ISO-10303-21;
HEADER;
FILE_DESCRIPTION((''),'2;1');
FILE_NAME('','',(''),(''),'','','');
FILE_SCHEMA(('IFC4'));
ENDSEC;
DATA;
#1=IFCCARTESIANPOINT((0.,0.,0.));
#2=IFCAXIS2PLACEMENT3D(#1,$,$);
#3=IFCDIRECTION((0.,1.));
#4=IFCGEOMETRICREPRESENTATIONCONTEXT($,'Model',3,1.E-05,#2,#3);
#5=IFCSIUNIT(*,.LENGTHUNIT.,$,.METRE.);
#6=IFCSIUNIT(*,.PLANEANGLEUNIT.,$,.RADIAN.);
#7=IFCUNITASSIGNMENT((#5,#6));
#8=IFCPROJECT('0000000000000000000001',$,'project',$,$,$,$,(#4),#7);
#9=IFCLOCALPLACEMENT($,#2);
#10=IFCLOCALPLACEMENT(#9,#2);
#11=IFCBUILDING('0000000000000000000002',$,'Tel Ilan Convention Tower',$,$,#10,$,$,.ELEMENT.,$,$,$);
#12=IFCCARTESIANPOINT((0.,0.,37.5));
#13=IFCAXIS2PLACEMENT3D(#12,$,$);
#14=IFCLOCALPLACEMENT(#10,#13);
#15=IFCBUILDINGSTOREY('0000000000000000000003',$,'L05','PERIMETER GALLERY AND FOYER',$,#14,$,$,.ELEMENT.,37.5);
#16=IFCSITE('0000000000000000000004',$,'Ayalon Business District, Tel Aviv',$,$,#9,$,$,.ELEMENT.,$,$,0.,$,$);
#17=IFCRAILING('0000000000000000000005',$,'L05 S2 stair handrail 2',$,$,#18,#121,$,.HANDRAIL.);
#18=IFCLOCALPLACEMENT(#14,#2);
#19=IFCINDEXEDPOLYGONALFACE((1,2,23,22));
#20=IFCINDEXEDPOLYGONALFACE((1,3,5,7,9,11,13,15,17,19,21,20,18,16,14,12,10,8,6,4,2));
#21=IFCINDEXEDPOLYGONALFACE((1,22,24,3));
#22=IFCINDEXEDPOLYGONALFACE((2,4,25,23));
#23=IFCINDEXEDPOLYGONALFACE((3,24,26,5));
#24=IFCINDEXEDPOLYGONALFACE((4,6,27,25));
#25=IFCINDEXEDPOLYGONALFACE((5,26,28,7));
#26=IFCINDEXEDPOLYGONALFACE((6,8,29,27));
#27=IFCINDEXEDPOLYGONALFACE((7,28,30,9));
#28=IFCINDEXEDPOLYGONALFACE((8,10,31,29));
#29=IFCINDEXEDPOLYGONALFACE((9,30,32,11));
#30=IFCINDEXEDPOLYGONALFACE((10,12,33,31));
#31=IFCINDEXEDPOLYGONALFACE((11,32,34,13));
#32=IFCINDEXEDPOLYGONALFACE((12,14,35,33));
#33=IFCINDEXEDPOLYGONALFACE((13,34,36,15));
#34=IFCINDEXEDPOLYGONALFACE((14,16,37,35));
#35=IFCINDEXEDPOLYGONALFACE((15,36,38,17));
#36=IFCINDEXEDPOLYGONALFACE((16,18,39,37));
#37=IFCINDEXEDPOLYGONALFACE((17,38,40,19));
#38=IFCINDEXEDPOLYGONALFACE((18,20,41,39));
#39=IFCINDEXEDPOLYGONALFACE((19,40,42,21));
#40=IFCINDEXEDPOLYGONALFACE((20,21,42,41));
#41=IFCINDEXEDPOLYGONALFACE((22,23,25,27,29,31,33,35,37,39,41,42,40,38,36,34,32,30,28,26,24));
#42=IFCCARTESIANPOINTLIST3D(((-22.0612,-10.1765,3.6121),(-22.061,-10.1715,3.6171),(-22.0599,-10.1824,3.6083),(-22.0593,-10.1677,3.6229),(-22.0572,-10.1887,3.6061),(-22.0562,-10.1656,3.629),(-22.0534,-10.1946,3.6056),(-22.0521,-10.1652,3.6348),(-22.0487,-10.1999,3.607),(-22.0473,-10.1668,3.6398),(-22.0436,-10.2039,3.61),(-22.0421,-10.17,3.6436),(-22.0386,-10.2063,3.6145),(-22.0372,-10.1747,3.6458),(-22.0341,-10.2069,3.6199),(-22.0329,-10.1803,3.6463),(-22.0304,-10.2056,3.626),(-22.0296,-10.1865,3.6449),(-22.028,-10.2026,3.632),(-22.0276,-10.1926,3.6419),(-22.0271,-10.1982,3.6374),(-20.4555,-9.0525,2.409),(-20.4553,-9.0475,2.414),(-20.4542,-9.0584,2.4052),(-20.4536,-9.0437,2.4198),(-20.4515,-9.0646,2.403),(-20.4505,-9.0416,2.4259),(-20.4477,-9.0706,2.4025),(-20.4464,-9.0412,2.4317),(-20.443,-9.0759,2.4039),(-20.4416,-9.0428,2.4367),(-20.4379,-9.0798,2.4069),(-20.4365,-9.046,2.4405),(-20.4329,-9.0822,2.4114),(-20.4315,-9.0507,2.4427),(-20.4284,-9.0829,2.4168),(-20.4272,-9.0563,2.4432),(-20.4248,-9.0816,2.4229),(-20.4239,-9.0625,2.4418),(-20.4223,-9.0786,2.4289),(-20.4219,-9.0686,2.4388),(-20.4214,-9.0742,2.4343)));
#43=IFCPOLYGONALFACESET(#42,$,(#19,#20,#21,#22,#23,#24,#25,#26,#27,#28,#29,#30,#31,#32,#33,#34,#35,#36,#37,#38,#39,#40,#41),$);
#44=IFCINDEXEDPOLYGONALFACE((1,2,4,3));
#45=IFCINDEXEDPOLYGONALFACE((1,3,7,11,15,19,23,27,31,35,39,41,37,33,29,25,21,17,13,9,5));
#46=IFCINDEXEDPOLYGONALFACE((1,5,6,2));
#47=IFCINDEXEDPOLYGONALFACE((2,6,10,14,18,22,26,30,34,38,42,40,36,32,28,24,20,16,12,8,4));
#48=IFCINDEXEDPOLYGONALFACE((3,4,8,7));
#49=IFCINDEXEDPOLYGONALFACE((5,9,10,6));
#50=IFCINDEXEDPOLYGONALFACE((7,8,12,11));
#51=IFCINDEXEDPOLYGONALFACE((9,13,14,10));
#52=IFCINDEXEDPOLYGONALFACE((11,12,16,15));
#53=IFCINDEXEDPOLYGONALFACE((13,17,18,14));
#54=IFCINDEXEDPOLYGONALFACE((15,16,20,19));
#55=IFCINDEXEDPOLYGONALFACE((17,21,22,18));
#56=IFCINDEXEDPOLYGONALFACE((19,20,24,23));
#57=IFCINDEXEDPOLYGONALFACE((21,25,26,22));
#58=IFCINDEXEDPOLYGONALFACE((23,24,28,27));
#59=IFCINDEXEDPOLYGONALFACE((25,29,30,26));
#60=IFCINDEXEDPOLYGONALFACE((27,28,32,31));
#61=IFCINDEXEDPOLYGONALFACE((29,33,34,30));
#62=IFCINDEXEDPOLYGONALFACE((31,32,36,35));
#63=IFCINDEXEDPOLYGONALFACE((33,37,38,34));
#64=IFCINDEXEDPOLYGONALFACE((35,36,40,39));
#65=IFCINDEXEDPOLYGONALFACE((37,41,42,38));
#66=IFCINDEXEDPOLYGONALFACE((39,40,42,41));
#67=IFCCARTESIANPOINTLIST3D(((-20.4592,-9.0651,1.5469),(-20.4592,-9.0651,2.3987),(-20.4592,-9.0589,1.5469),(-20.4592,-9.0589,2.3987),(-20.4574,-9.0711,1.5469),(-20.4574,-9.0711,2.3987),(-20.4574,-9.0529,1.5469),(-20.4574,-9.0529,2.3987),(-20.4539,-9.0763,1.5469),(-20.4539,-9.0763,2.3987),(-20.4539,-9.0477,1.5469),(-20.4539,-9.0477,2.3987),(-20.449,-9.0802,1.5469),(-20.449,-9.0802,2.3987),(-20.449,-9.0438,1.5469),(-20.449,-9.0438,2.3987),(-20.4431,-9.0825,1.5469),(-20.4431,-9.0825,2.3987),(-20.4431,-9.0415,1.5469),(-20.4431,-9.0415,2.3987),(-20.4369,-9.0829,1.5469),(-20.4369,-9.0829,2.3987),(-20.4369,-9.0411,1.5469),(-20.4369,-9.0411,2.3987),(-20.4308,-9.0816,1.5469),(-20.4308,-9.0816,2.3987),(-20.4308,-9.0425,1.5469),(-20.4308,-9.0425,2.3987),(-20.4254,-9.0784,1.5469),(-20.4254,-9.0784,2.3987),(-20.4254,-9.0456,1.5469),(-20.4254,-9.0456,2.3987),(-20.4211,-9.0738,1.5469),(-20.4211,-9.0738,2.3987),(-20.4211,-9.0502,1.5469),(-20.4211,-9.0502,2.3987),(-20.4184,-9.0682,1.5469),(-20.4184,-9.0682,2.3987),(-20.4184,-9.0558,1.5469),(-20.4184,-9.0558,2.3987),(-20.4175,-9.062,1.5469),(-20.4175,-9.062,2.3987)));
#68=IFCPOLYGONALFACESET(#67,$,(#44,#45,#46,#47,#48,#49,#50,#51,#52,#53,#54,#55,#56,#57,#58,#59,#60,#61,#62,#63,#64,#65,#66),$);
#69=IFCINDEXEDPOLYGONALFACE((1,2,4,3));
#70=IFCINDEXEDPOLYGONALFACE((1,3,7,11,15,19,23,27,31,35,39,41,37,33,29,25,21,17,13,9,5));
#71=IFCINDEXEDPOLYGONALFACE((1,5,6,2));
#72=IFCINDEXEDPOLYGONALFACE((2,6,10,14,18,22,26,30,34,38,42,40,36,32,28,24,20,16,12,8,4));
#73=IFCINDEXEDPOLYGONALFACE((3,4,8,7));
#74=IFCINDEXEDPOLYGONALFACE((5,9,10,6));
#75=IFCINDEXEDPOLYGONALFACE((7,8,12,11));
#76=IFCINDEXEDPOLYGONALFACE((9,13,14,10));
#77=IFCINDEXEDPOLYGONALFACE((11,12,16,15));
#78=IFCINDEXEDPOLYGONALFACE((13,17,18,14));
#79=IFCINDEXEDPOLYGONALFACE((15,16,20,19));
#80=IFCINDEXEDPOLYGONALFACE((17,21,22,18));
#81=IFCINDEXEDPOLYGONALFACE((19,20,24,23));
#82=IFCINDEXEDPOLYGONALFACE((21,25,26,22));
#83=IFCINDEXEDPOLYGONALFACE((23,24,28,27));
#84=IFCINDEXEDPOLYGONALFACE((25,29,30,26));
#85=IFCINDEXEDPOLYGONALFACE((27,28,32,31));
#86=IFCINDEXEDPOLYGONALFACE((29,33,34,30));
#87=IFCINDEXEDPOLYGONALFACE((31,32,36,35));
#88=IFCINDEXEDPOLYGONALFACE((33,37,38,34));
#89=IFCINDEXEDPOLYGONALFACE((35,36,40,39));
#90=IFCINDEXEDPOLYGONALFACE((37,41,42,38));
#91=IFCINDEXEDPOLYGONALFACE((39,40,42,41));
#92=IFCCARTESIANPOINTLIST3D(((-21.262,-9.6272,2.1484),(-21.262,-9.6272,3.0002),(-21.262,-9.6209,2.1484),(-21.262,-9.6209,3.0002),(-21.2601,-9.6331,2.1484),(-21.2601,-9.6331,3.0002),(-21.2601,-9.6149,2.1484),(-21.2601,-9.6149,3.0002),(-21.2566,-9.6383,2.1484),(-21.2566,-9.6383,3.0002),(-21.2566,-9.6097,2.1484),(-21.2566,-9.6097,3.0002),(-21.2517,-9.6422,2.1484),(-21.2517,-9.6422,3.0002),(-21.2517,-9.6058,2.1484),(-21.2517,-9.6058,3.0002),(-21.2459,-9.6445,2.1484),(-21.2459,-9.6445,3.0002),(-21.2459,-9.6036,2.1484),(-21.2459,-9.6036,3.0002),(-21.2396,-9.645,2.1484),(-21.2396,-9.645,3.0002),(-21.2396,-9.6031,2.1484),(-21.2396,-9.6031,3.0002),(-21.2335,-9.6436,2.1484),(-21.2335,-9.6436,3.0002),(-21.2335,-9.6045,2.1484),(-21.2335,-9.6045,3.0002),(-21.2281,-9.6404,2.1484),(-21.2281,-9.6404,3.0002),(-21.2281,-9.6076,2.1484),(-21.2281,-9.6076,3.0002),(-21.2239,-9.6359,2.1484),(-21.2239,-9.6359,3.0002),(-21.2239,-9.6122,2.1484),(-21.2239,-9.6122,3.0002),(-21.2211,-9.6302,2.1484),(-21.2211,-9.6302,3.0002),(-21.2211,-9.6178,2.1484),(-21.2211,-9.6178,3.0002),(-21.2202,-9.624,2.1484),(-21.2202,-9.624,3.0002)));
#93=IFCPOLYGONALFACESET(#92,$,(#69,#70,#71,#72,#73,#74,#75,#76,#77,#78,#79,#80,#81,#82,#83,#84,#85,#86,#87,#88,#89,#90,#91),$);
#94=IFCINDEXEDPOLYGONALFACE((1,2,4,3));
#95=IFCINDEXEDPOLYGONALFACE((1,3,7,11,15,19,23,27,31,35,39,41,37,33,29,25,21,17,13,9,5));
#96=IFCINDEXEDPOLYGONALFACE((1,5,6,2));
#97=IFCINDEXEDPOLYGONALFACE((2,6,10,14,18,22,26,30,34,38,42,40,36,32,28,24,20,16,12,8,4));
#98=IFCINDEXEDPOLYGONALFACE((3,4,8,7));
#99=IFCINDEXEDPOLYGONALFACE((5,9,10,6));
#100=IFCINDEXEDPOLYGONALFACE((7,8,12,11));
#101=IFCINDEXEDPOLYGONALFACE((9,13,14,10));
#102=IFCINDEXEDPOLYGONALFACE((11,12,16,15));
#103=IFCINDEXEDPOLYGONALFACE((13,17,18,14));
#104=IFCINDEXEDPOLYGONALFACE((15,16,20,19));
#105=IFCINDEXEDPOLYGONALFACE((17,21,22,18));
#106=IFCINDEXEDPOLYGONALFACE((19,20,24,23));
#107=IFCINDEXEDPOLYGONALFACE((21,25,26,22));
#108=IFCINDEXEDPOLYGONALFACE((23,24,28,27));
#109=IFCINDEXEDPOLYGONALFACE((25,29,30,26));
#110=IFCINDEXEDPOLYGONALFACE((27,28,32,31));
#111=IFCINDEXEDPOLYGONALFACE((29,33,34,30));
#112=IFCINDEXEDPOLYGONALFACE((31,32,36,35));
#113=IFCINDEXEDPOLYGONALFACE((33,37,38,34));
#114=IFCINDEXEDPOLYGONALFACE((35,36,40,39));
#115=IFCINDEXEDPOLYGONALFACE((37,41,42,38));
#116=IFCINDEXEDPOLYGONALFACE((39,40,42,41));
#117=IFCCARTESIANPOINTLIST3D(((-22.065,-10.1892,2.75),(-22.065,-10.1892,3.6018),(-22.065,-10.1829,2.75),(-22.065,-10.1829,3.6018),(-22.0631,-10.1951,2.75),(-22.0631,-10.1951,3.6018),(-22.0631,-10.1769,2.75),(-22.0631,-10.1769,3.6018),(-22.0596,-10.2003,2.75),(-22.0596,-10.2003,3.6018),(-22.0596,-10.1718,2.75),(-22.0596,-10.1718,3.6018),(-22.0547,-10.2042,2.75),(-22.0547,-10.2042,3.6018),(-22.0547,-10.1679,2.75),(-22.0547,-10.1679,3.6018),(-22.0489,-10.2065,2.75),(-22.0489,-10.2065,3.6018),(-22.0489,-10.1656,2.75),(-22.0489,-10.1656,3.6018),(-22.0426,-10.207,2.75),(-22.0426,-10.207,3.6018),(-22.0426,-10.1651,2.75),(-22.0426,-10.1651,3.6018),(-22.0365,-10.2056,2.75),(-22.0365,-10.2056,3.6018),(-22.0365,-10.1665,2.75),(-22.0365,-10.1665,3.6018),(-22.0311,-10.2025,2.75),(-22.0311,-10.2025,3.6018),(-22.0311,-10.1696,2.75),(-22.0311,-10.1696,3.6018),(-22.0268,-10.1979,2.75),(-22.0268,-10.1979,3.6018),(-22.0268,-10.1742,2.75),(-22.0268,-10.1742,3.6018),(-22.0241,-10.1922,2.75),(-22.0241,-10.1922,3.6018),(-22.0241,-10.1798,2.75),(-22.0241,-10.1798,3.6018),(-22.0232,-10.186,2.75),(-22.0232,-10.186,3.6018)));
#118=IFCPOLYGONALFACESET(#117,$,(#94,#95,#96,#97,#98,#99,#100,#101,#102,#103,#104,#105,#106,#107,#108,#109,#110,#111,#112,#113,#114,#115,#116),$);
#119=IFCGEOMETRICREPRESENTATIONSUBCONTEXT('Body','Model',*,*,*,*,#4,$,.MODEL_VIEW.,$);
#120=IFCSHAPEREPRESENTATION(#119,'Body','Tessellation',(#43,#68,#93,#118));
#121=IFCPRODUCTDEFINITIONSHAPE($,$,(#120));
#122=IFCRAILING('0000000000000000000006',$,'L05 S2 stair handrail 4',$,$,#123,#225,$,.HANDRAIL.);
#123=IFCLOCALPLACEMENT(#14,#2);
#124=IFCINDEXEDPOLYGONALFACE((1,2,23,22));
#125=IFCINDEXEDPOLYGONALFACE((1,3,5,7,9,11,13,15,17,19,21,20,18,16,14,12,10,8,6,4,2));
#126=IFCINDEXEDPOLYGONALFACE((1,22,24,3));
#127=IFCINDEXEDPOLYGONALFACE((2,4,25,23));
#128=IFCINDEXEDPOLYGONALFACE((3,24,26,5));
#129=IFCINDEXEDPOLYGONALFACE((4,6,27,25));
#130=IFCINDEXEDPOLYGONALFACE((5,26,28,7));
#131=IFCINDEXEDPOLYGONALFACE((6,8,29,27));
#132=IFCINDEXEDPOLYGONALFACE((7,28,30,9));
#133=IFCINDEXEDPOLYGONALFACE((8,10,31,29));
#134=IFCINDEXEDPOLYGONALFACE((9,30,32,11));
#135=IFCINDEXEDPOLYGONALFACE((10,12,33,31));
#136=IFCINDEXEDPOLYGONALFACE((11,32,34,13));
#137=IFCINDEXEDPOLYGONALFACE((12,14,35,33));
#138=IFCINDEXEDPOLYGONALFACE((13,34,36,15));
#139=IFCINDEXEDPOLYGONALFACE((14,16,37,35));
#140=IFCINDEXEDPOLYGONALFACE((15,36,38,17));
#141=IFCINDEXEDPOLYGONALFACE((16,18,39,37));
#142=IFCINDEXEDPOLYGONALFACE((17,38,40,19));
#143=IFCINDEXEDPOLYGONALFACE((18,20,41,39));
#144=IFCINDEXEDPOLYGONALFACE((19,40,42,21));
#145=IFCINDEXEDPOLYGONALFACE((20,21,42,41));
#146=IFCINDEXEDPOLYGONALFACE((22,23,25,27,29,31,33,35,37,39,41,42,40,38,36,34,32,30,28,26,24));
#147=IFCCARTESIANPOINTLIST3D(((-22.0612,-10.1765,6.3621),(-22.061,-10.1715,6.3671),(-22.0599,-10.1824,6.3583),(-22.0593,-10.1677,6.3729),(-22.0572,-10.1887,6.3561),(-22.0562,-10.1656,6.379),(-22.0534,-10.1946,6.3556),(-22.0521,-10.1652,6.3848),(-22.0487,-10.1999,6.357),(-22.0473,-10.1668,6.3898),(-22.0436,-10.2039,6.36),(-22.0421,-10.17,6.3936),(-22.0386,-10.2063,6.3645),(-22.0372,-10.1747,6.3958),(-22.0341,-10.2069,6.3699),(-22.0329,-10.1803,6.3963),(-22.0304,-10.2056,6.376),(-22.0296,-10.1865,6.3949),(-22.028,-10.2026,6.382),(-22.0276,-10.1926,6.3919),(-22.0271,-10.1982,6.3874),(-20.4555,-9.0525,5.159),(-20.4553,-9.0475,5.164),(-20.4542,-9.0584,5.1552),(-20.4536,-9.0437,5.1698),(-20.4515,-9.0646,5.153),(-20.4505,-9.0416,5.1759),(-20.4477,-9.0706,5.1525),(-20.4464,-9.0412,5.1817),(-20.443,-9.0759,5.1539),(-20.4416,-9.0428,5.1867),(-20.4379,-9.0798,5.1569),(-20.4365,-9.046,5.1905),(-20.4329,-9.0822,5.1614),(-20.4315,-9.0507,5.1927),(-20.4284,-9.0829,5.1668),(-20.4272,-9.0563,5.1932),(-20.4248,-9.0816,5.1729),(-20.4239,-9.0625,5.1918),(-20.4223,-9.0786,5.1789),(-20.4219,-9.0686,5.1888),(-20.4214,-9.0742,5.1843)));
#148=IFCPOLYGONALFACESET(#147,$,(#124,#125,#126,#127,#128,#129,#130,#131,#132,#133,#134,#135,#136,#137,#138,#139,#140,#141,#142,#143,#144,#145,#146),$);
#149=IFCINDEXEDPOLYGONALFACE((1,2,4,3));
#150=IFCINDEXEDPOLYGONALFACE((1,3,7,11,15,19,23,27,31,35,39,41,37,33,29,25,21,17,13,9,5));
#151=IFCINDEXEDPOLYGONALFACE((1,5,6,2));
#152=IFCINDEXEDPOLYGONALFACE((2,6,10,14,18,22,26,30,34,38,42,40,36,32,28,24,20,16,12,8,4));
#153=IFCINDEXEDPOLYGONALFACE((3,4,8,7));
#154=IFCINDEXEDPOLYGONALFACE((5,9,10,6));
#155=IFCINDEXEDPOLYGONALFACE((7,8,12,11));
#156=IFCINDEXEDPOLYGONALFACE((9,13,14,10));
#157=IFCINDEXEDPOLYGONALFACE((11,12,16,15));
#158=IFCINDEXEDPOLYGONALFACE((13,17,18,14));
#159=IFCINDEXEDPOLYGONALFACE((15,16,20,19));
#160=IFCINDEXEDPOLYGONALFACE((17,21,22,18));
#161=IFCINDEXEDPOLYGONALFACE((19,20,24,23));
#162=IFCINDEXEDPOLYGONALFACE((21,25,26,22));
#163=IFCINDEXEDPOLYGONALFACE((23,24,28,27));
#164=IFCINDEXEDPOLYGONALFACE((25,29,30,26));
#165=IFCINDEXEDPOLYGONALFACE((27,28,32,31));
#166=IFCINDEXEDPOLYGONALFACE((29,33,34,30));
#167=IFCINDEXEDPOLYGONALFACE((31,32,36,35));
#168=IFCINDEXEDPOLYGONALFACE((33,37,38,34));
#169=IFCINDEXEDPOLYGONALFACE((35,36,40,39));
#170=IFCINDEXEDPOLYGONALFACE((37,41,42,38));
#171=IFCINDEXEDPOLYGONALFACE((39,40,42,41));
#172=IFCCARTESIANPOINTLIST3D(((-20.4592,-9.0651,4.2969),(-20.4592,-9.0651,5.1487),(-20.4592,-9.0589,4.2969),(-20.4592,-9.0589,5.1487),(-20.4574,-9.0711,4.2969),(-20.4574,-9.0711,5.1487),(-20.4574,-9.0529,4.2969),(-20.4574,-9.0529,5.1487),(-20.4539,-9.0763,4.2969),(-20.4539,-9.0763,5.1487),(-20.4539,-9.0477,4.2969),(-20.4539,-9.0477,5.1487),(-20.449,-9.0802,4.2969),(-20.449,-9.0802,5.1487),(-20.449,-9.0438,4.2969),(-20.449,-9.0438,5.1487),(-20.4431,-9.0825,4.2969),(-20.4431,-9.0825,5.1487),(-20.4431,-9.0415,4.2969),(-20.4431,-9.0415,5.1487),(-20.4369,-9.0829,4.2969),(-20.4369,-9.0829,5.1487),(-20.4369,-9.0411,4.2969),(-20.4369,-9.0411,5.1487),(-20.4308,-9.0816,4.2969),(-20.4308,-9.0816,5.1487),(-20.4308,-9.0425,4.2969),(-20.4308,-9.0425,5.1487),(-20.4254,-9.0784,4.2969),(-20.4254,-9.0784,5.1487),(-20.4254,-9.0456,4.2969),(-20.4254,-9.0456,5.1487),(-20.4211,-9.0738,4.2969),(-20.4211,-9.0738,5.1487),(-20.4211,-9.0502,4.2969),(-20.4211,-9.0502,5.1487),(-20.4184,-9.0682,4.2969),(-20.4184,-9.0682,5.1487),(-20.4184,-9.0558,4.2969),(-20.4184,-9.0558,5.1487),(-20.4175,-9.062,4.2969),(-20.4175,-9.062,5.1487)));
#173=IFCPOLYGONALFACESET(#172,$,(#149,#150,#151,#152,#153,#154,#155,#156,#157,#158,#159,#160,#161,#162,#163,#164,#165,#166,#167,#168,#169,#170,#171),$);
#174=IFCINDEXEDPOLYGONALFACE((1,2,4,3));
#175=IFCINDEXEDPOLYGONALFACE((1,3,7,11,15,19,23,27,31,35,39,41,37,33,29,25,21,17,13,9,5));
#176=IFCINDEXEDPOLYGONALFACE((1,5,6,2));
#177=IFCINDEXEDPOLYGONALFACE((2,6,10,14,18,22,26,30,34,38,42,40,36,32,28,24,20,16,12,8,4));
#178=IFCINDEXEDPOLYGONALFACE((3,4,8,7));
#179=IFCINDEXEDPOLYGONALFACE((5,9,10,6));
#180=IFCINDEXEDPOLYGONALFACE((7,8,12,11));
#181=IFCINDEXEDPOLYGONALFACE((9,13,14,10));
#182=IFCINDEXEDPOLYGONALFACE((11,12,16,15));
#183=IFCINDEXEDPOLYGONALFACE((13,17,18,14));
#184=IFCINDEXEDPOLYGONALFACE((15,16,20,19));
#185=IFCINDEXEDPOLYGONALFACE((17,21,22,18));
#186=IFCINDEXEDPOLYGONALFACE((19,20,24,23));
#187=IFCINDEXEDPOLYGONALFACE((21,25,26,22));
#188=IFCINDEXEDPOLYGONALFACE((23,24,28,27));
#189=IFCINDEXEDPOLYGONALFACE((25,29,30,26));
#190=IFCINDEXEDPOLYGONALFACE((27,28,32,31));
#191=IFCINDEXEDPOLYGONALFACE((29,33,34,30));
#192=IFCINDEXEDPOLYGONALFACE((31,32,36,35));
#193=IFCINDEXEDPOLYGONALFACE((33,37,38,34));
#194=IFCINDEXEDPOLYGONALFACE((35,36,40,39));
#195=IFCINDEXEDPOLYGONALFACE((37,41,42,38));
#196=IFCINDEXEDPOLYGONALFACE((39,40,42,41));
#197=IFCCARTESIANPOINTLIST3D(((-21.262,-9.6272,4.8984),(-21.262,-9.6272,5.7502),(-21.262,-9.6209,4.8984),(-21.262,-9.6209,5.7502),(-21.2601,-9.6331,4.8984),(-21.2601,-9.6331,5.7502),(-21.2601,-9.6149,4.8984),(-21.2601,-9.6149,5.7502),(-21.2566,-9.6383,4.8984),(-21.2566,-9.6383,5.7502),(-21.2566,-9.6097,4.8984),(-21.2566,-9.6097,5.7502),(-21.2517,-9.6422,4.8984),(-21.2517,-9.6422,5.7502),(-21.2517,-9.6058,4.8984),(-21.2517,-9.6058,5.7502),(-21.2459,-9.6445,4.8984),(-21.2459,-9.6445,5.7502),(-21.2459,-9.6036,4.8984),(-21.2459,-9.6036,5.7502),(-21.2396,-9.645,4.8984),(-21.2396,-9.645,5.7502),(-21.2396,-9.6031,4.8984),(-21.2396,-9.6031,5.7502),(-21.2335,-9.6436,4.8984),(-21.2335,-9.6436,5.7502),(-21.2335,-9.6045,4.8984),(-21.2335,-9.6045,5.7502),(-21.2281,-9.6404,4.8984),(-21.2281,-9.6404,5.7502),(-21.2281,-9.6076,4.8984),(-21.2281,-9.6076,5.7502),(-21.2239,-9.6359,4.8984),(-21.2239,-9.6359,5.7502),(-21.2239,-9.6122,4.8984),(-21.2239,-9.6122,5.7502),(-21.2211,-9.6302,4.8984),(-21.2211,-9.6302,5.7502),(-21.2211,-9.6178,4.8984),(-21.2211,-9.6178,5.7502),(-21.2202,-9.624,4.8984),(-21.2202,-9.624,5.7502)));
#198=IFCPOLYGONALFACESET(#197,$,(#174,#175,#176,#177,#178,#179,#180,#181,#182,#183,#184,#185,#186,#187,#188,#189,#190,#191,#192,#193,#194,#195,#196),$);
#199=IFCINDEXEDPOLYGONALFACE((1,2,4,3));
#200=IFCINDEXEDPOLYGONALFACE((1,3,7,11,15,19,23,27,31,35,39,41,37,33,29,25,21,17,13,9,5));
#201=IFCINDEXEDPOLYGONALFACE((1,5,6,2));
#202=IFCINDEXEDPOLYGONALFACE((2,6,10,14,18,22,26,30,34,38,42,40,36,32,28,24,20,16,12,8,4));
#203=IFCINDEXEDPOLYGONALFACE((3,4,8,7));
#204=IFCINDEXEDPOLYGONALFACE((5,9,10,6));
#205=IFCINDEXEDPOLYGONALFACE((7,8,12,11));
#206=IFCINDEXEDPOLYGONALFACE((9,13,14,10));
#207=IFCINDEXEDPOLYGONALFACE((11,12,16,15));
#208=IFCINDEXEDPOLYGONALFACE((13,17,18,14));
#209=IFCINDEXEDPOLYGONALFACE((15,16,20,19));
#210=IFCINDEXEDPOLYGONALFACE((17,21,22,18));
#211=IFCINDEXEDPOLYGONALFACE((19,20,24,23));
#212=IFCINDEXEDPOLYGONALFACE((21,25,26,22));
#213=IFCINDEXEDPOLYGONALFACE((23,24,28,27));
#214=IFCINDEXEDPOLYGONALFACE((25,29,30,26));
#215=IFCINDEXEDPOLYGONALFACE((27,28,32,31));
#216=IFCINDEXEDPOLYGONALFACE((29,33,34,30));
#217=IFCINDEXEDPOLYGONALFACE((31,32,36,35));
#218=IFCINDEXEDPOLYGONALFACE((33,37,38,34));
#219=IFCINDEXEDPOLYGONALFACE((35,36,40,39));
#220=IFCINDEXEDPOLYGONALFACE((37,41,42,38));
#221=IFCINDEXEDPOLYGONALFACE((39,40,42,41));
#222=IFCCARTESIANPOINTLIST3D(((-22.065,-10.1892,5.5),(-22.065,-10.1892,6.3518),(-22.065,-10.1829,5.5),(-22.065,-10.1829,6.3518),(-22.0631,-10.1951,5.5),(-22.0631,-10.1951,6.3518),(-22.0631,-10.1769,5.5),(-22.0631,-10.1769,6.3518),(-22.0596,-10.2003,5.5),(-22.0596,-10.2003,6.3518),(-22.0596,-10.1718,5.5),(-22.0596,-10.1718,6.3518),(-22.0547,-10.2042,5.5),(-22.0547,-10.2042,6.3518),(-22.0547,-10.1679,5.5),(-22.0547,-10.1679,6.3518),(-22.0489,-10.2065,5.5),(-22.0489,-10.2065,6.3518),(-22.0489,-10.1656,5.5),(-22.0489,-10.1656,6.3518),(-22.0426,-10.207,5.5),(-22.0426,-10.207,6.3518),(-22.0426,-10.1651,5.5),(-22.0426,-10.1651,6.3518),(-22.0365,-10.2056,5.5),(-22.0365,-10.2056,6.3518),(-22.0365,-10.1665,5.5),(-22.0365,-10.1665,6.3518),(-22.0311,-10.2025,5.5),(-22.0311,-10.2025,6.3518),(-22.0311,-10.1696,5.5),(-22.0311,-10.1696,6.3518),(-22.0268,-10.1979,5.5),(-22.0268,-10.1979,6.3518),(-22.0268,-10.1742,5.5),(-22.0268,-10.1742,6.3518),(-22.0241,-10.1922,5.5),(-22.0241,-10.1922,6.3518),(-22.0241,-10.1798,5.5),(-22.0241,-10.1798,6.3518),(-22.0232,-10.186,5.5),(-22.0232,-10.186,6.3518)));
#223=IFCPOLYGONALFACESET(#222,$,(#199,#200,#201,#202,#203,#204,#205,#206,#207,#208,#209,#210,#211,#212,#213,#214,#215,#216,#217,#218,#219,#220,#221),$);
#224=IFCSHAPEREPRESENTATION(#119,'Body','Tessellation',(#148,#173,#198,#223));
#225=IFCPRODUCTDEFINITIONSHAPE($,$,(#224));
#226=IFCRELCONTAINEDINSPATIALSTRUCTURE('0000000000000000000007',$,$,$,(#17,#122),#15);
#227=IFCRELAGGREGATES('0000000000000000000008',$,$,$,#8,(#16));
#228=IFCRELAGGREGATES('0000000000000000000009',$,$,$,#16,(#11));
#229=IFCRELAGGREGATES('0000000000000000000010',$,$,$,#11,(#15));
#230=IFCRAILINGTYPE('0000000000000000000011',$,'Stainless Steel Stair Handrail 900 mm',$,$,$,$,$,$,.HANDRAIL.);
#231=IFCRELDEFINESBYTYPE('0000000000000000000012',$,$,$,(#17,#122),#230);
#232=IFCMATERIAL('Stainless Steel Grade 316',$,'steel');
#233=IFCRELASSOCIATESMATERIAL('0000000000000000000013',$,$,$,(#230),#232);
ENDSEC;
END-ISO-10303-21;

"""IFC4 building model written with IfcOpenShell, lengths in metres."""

from ifc_helpers import new_model, si_unit, direction, frame, origin, origin_2d, place, context, subcontext, project, spatial, circle, extrude, material, type_object, element, save


model = new_model("IFC4")

# Units and contexts
model_context = context("Model", 3, precision=1e-05, world=origin(), true_north=direction((0.0, 1.0)))
body_context = subcontext(model_context, "Body", "Model", "MODEL_VIEW")
ifc_project = project(units=[si_unit("LENGTHUNIT", "METRE"), si_unit("PLANEANGLEUNIT", "RADIAN")], contexts=[model_context])

# Site, building, storey
site_placement = place(None, origin())
site = spatial("IfcSite", under=ifc_project, at=site_placement, Name="Ayalon Business District, Tel Aviv", CompositionType="ELEMENT", RefElevation=0.0)
building_placement = place(site_placement, origin())
building = spatial("IfcBuilding", under=site, at=building_placement, Name="Tel Ilan Convention Tower", CompositionType="ELEMENT")
storey_placement = place(building_placement, frame((0.0, 0.0, 37.5)))
storey = spatial("IfcBuildingStorey", under=building, at=storey_placement, Name="L05", Description="PERIMETER GALLERY AND FOYER", CompositionType="ELEMENT", Elevation=37.5)

# Railings
ifc_material_1 = material(Name="Stainless Steel Grade 316", Category="steel")
railing_type_1 = type_object("IfcRailingType", Name="Stainless Steel Stair Handrail 900 mm", PredefinedType="HANDRAIL", material=ifc_material_1)
for number, where, name in (
    (1, (-20.4385, -9.062, 1.5469), "L05 S2 stair handrail 2"),
    (2, (-20.4385, -9.062, 4.2969), "L05 S2 stair handrail 4"),
):
    element("IfcRailing", number, at=place(storey_placement, frame(where)), inside=storey, type_object=railing_type_1, Name=name, PredefinedType="HANDRAIL", context=body_context, shape_type="SweptSolid", body=[
        extrude(circle(Radius=0.0239, at=origin_2d()), frame((0.0, 0.0, 0.876), z_axis=(-0.698185, -0.48874, 0.523135), x_axis=(0.573471, -0.819226, 0.0)), (0.0, 0.0, 1.0), 2.2998),
        extrude(circle(Radius=0.021, at=origin_2d()), origin(), (0.0, 0.0, 1.0), 0.8518),
        extrude(circle(Radius=0.021, at=origin_2d()), frame((-0.8027, -0.562, 0.6016)), (0.0, 0.0, 1.0), 0.8518),
        extrude(circle(Radius=0.021, at=origin_2d()), frame((-1.6057, -1.124, 1.2031)), (0.0, 0.0, 1.0), 0.8518),
    ])

save(model, "model.ifc")
